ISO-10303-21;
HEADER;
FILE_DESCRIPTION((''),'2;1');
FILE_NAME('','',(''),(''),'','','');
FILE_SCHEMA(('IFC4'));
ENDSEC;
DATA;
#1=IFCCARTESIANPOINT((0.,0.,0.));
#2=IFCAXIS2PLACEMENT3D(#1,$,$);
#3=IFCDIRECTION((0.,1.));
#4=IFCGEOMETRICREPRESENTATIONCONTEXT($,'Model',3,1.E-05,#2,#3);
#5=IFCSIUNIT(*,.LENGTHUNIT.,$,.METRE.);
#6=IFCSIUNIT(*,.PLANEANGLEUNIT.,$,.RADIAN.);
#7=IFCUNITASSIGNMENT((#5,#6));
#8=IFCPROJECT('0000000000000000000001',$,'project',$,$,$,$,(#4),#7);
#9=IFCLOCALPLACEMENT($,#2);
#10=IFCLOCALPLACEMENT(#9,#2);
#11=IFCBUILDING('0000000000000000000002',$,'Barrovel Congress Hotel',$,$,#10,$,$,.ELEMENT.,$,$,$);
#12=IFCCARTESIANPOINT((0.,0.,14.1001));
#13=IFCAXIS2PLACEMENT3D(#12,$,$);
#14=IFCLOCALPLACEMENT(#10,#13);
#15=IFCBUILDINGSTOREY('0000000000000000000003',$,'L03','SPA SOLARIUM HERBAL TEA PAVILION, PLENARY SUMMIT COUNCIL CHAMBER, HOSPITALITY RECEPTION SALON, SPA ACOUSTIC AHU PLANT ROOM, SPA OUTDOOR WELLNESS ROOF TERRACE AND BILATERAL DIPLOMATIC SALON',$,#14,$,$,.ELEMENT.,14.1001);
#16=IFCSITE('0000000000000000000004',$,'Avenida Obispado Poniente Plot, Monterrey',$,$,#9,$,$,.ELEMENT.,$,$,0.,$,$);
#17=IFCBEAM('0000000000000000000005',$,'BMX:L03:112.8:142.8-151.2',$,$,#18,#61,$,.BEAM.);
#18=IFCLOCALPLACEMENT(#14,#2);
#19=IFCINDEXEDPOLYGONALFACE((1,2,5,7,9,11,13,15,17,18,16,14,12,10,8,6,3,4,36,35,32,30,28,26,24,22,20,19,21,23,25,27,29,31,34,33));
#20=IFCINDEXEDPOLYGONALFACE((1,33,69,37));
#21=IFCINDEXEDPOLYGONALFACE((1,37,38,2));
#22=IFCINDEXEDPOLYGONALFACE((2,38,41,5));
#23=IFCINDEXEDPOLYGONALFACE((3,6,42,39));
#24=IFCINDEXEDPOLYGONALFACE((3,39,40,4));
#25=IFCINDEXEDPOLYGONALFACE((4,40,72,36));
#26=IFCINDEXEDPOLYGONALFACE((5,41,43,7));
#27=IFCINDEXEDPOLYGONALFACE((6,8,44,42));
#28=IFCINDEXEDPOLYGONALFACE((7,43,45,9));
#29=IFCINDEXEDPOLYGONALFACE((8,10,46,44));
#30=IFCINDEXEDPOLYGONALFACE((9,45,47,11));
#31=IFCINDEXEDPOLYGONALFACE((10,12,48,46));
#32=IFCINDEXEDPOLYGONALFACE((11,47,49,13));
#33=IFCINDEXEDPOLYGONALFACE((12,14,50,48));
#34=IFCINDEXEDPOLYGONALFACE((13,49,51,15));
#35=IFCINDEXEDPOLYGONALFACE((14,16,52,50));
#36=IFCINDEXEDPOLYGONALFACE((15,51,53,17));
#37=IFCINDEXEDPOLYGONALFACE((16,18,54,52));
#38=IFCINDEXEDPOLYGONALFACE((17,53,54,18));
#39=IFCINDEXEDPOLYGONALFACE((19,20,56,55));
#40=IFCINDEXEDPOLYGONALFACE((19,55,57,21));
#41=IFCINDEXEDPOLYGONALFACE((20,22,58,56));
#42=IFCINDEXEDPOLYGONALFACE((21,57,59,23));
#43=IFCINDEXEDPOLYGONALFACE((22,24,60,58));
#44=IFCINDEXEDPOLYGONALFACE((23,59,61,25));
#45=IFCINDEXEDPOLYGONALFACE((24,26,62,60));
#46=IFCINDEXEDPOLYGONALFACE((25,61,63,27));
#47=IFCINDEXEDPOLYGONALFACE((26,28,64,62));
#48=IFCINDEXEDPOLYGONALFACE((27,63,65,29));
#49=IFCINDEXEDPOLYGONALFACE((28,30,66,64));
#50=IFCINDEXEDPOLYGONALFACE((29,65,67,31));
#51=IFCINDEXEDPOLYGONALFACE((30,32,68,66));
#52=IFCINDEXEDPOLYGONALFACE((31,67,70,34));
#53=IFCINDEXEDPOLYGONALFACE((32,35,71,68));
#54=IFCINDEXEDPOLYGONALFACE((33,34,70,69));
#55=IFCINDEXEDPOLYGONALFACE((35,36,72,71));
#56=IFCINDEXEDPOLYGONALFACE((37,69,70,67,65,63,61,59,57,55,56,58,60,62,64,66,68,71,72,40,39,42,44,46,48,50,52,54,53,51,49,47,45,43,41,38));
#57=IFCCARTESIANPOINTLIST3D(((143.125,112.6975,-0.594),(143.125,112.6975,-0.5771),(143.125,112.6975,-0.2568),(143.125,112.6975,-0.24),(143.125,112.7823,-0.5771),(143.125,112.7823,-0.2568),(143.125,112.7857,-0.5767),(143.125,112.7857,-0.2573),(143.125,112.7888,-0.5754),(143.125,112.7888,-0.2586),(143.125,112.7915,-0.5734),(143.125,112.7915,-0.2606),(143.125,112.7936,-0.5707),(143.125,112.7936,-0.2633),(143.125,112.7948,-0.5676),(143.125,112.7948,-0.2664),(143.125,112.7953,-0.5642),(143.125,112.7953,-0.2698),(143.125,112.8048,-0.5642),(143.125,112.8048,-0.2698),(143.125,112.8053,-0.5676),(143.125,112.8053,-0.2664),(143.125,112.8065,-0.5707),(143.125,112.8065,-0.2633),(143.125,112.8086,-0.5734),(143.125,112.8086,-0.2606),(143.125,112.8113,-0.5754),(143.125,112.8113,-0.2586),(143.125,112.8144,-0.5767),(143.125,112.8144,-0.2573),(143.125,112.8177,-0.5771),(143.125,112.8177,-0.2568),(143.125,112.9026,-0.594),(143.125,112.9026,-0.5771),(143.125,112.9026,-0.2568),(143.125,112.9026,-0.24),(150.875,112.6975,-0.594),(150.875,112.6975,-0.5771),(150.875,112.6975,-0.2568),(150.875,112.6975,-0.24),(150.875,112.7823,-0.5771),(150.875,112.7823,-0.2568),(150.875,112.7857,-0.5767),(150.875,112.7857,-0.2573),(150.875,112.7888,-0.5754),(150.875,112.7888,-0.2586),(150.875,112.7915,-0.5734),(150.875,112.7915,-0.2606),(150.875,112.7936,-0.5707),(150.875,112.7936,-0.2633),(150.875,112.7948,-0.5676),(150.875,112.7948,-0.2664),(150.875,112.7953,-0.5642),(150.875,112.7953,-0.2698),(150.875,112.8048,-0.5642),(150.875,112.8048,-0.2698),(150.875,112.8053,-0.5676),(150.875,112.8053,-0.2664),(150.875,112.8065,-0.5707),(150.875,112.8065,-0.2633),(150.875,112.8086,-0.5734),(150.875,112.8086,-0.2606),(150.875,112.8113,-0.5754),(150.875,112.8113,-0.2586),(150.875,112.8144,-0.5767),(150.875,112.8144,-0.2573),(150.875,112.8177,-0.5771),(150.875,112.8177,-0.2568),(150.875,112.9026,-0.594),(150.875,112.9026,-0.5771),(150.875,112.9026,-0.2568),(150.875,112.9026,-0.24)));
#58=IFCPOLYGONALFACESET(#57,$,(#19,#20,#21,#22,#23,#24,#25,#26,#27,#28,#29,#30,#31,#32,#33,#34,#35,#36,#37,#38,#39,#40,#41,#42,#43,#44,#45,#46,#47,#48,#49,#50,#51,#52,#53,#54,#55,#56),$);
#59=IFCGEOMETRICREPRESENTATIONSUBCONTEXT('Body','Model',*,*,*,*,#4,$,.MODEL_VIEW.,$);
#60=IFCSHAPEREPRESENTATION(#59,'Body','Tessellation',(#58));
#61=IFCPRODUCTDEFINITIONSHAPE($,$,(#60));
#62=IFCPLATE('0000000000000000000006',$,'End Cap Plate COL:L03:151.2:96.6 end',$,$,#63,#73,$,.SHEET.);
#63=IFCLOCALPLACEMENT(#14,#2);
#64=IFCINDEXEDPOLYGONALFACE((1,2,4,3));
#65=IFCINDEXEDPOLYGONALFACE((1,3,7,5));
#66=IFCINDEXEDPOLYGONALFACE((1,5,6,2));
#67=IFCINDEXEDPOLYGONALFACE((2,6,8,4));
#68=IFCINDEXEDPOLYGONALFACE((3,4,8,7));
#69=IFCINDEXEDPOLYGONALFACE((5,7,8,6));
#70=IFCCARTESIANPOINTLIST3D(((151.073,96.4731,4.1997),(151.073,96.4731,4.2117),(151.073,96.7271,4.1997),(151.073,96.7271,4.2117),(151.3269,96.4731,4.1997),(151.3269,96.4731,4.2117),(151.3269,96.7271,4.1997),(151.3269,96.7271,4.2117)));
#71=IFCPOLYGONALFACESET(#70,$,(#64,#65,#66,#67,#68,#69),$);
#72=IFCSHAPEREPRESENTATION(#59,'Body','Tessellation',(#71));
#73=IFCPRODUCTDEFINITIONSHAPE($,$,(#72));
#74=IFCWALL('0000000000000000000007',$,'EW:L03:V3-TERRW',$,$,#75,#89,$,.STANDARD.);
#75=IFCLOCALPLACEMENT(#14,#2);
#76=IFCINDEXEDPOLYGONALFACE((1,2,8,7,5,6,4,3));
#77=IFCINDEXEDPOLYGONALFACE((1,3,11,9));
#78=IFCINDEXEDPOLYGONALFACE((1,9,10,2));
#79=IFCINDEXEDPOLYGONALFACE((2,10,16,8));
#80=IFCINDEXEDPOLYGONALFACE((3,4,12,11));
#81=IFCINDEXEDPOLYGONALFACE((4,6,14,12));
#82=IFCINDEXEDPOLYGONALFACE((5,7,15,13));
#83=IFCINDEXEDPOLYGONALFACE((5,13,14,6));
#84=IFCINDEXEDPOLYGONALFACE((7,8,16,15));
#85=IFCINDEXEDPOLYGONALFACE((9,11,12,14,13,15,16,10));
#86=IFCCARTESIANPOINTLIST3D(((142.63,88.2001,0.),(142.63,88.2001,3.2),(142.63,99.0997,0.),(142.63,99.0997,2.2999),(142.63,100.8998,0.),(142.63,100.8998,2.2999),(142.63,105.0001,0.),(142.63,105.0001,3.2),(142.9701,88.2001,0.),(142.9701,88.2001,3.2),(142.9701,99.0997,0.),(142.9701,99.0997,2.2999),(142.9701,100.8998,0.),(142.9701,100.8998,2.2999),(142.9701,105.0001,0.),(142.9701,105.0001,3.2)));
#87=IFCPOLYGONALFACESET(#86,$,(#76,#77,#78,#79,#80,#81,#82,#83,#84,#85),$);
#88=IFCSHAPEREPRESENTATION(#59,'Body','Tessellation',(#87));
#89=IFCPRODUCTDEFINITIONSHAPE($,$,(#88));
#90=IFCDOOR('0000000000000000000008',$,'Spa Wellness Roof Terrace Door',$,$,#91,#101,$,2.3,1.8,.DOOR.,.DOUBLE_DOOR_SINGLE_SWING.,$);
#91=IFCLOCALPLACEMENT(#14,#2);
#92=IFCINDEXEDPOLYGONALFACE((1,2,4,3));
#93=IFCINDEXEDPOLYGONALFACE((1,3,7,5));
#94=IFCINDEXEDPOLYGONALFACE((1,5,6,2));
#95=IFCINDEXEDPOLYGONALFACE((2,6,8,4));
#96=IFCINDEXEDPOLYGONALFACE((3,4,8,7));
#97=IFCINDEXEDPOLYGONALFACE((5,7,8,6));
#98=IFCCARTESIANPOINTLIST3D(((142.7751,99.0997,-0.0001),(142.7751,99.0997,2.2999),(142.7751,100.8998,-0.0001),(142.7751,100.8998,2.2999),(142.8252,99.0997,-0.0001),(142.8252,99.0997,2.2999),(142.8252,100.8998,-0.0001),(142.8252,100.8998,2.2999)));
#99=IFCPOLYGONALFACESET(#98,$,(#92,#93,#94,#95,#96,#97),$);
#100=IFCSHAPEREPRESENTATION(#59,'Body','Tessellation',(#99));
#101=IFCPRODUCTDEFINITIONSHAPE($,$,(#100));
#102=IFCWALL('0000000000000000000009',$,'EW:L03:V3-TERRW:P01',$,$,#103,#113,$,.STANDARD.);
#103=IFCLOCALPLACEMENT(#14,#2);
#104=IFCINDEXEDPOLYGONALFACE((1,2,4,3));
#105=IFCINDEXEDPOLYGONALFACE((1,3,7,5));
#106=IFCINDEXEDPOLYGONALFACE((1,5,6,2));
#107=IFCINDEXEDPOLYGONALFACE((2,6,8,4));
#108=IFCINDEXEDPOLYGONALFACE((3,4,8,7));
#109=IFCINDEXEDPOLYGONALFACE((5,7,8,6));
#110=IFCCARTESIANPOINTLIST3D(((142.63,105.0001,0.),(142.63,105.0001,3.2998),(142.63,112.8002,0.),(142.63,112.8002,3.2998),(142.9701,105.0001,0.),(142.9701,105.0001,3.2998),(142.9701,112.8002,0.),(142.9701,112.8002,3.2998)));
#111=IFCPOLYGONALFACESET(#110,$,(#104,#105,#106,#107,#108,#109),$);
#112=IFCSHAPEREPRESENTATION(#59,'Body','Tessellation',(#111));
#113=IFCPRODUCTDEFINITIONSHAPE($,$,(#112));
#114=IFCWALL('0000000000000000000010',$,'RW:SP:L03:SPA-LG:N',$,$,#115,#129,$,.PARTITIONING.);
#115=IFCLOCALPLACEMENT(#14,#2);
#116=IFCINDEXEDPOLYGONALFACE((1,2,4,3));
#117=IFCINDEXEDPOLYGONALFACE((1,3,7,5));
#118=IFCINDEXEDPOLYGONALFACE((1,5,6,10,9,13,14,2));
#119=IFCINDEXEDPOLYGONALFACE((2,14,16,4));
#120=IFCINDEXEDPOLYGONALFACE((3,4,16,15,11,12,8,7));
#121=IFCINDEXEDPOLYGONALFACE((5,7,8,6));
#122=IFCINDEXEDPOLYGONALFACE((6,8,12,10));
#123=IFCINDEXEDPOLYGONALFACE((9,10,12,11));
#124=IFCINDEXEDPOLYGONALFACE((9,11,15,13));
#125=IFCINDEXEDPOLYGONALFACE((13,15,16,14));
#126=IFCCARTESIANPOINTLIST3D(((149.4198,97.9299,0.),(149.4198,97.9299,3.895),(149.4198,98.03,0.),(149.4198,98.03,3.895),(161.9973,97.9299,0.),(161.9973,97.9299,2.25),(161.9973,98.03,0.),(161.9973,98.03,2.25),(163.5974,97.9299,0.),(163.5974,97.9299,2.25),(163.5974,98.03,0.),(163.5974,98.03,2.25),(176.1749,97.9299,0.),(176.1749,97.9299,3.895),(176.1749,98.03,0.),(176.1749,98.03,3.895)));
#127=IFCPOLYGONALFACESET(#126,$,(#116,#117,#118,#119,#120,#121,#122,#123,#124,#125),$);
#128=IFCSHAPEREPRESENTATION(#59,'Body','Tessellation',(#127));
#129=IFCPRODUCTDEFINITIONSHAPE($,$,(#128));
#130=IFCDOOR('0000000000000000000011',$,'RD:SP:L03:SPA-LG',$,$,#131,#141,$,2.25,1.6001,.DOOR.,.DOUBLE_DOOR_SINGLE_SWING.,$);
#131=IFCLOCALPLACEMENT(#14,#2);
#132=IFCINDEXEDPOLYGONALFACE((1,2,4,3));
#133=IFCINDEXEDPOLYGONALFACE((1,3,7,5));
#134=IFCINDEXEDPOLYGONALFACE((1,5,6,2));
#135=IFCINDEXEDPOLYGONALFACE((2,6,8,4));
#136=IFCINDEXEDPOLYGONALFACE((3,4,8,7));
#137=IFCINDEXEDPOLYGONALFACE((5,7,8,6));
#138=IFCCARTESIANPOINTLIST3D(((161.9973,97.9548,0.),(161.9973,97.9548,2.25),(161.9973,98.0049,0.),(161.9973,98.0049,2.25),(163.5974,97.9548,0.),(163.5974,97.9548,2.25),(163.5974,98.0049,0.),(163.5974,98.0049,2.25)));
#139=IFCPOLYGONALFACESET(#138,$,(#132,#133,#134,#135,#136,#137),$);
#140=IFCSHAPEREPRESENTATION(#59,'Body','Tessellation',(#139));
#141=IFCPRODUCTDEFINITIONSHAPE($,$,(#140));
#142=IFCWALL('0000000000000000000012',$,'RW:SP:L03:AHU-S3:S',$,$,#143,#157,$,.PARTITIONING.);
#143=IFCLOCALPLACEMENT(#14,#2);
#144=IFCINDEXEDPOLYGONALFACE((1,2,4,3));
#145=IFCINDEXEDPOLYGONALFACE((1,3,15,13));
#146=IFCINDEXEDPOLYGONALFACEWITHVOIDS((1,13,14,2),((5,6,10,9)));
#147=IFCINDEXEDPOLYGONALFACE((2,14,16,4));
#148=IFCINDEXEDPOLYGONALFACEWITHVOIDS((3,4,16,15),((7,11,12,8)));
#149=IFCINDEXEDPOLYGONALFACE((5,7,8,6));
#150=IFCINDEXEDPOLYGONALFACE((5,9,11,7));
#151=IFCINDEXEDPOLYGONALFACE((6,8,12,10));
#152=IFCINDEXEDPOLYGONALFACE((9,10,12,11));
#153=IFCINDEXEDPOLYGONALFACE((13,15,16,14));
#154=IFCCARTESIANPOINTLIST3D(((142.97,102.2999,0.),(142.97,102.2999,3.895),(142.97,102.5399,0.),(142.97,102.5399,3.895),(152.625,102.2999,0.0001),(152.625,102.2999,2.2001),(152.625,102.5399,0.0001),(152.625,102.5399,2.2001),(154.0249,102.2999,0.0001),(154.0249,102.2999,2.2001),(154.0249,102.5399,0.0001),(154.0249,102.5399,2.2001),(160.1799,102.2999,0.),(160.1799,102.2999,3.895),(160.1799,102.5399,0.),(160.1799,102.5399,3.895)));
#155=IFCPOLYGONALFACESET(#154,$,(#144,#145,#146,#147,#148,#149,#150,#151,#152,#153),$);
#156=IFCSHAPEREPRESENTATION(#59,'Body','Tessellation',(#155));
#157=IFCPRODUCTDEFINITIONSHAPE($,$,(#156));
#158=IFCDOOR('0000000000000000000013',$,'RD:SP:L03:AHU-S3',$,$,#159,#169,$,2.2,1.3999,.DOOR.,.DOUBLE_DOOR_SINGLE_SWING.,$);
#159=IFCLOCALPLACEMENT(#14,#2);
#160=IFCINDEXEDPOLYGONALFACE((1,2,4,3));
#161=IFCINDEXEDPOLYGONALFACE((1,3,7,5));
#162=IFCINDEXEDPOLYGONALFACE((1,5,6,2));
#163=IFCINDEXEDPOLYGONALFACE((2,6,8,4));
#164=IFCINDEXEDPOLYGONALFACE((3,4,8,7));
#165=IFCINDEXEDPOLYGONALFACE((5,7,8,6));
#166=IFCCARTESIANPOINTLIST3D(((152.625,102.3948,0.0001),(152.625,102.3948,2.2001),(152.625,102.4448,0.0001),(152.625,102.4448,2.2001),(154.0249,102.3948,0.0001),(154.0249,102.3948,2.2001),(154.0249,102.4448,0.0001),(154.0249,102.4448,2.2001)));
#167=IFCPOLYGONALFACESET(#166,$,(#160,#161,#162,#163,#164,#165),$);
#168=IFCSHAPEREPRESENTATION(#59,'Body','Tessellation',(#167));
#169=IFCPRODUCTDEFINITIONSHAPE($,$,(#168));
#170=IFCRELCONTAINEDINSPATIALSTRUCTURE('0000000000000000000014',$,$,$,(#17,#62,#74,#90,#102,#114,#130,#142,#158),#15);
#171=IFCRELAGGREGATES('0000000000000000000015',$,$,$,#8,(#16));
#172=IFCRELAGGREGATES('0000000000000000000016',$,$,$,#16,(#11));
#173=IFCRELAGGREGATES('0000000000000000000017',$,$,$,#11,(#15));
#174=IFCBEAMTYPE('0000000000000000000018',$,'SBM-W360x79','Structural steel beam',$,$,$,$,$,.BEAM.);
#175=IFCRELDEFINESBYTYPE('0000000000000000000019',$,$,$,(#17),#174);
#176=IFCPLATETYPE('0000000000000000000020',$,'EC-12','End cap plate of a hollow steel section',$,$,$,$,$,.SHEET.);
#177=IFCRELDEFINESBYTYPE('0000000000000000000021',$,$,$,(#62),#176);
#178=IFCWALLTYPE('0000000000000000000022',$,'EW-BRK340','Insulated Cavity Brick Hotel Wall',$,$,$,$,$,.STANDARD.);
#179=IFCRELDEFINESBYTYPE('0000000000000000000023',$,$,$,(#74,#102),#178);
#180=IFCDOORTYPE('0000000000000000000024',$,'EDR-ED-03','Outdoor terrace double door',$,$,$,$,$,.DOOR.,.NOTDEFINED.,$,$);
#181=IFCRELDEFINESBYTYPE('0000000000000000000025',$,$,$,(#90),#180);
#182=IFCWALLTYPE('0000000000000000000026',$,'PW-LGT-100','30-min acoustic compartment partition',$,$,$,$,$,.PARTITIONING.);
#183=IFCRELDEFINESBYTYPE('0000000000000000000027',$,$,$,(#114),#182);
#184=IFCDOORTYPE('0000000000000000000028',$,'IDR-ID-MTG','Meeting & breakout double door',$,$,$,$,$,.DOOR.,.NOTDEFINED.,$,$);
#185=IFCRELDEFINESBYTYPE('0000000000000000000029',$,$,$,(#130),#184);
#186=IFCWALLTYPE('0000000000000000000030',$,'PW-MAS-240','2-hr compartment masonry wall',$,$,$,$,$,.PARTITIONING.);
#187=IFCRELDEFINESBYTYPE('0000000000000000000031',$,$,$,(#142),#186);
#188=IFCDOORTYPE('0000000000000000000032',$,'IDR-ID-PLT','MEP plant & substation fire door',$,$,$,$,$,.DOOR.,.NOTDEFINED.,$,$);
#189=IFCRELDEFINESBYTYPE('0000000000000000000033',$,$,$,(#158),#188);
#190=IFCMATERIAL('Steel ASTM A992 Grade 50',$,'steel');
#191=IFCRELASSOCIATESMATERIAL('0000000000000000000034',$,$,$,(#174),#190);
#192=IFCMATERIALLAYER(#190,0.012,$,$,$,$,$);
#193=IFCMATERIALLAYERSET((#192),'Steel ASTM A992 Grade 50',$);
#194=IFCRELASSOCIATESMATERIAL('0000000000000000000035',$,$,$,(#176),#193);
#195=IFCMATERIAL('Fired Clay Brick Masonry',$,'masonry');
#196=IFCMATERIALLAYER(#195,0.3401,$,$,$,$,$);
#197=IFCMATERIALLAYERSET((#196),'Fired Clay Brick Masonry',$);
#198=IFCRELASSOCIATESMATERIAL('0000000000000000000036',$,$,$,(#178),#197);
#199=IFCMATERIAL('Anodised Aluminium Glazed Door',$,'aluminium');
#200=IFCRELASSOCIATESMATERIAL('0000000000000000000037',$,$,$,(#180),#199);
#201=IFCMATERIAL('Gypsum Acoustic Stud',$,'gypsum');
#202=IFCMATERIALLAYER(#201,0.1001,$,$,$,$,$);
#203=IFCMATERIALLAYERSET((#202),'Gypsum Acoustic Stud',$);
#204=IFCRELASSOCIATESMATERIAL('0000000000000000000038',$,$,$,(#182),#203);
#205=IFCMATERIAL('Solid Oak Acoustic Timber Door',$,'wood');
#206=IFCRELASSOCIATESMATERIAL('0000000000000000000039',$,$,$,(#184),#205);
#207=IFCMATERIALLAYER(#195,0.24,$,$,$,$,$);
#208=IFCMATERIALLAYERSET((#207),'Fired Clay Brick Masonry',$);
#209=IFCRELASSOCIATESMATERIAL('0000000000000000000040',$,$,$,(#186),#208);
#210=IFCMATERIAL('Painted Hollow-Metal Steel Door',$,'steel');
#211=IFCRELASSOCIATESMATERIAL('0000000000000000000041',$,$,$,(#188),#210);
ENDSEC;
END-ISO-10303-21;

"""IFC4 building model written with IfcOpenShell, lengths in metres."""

from ifc_helpers import new_model, si_unit, direction, frame, frame_2d, origin, origin_2d, place, context, subcontext, project, spatial, rectangle, i_section, extrude, material, layer, layer_set, material_profile, profile_set, type_object, element, fill, save


model = new_model("IFC4")

# Units and contexts
model_context = context("Model", 3, precision=1e-05, world=origin(), true_north=direction((0.0, 1.0)))
body_context = subcontext(model_context, "Body", "Model", "MODEL_VIEW")
ifc_project = project(units=[si_unit("LENGTHUNIT", "METRE"), si_unit("PLANEANGLEUNIT", "RADIAN")], contexts=[model_context])

# Site, building, storey
site_placement = place(None, origin())
site = spatial("IfcSite", under=ifc_project, at=site_placement, Name="Avenida Obispado Poniente Plot, Monterrey", CompositionType="ELEMENT", RefElevation=0.0)
building_placement = place(site_placement, origin())
building = spatial("IfcBuilding", under=site, at=building_placement, Name="Barrovel Congress Hotel", CompositionType="ELEMENT")
storey_placement = place(building_placement, frame((0.0, 0.0, 14.1001)))
storey = spatial("IfcBuildingStorey", under=building, at=storey_placement, Name="L03", Description="SPA SOLARIUM HERBAL TEA PAVILION, PLENARY SUMMIT COUNCIL CHAMBER, HOSPITALITY RECEPTION SALON, SPA ACOUSTIC AHU PLANT ROOM, SPA OUTDOOR WELLNESS ROOF TERRACE AND BILATERAL DIPLOMATIC SALON", CompositionType="ELEMENT", Elevation=14.1001)

# Beam
ifc_material_1 = material(Name="Steel ASTM A992 Grade 50", Category="steel")
ifc_material_profile_1 = material_profile(ifc_material_1, i_section(OverallWidth=0.2051, OverallDepth=0.354, WebThickness=0.0095, FlangeThickness=0.0168, FilletRadius=0.0129, at=origin_2d()), Name="W360x79")
ifc_profile_set_1 = profile_set([ifc_material_profile_1], Name="Steel ASTM A992 Grade 50")
beam_type_1 = type_object("IfcBeamType", Name="SBM-W360x79", Description="Structural steel beam", PredefinedType="BEAM", material=ifc_profile_set_1)
beam_1_placement = place(storey_placement, frame((143.125, 112.8, -0.417), z_axis=(1.0, 0.0, 0.0), x_axis=(0.0, 1.0, 0.0)))
element("IfcBeam", 1, at=beam_1_placement, inside=storey, type_object=beam_type_1, Name="BMX:L03:112.8:142.8-151.2", PredefinedType="BEAM", context=body_context, shape_type="SweptSolid", body=[
    extrude(i_section(OverallWidth=0.2051, OverallDepth=0.354, WebThickness=0.0095, FlangeThickness=0.0168, FilletRadius=0.0129, at=origin_2d()), origin(), (0.0, 0.0, 1.0), 7.75),
])

# Plate
ifc_layer_1 = layer(ifc_material_1, 0.012)
ifc_layer_set_1 = layer_set([ifc_layer_1], Name="Steel ASTM A992 Grade 50")
plate_type = type_object("IfcPlateType", Name="EC-12", Description="End cap plate of a hollow steel section", PredefinedType="SHEET", material=ifc_layer_set_1)
plate_placement = place(storey_placement, frame((151.2, 96.6001, 4.1997), z_axis=(0.0, 0.0, 1.0), x_axis=(1.0, 0.0, 0.0)))
element("IfcPlate", 2, at=plate_placement, inside=storey, type_object=plate_type, Name="End Cap Plate COL:L03:151.2:96.6 end", PredefinedType="SHEET", context=body_context, shape_type="SweptSolid", body=[
    extrude(rectangle(XDim=0.2539, YDim=0.2539, at=origin_2d()), origin(), (0.0, 0.0, 1.0), 0.012),
])

# Wall, opening, door
ifc_material_2 = material(Name="Fired Clay Brick Masonry", Category="masonry")
ifc_layer_2 = layer(ifc_material_2, 0.3401)
ifc_layer_set_2 = layer_set([ifc_layer_2], Name="Fired Clay Brick Masonry")
wall_type_1 = type_object("IfcWallType", Name="EW-BRK340", Description="Insulated Cavity Brick Hotel Wall", PredefinedType="STANDARD", material=ifc_layer_set_2)
wall_1_placement = place(storey_placement, frame((142.8, 105.0, 0.0), z_axis=(0.0, 0.0, 1.0), x_axis=(0.0, -1.0, 0.0)))
wall_1 = element("IfcWall", 3, at=wall_1_placement, inside=storey, type_object=wall_type_1, Name="EW:L03:V3-TERRW", PredefinedType="STANDARD", context=body_context, shape_type="SweptSolid", body=[
    extrude(rectangle(XDim=16.8, YDim=0.3401, at=frame_2d((8.3999, 0.0))), origin(), (0.0, 0.0, 1.0), 3.2),
])
opening_1_placement = place(wall_1_placement, frame((5.9001, 0.0, 0.0), z_axis=(0.0, 0.0, 1.0), x_axis=(-1.0, 0.0, 0.0)))
opening_1 = element("IfcOpeningElement", 4, at=opening_1_placement, cuts=wall_1, PredefinedType="OPENING", context=body_context, shape_type="SweptSolid", body=[
    extrude(rectangle(XDim=1.8, YDim=2.3, at=frame_2d((0.8999, 1.1499))), frame((0.0, 0.1802, 0.0), z_axis=(0.0, -1.0, 0.0), x_axis=(1.0, 0.0, 0.0)), (0.0, 0.0, 1.0), 0.3601),
])
ifc_material_3 = material(Name="Anodised Aluminium Glazed Door", Category="aluminium")
door_type_1 = type_object("IfcDoorType", Name="EDR-ED-03", Description="Outdoor terrace double door", OperationType="NOTDEFINED", PredefinedType="DOOR", material=ifc_material_3)
door_1_placement = place(opening_1_placement, origin())
door_1 = element("IfcDoor", 5, at=door_1_placement, inside=storey, type_object=door_type_1, Name="Spa Wellness Roof Terrace Door", OperationType="DOUBLE_DOOR_SINGLE_SWING", OverallHeight=2.3, OverallWidth=1.8, PredefinedType="DOOR", context=body_context, shape_type="SweptSolid", body=[
    extrude(rectangle(XDim=1.8, YDim=2.3, at=frame_2d((0.8999, 1.1499))), frame((0.0, 0.0249, 0.0), z_axis=(0.0, -1.0, 0.0), x_axis=(1.0, 0.0, 0.0)), (0.0, 0.0, 1.0), 0.05),
])
fill(opening_1, door_1)

# Wall
wall_2_placement = place(storey_placement, frame((142.8, 112.8, 0.0), z_axis=(0.0, 0.0, 1.0), x_axis=(0.0, -1.0, 0.0)))
element("IfcWall", 6, at=wall_2_placement, inside=storey, type_object=wall_type_1, Name="EW:L03:V3-TERRW:P01", PredefinedType="STANDARD", context=body_context, shape_type="SweptSolid", body=[
    extrude(rectangle(XDim=7.8, YDim=0.3401, at=frame_2d((3.8999, 0.0))), origin(), (0.0, 0.0, 1.0), 3.2998),
])

# Walls, openings, doors
ifc_material_4 = material(Name="Gypsum Acoustic Stud", Category="gypsum")
ifc_layer_3 = layer(ifc_material_4, 0.1001)
ifc_layer_set_3 = layer_set([ifc_layer_3], Name="Gypsum Acoustic Stud")
wall_type_2 = type_object("IfcWallType", Name="PW-LGT-100", Description="30-min acoustic compartment partition", PredefinedType="PARTITIONING", material=ifc_layer_set_3)
wall_3_placement = place(storey_placement, frame((149.4199, 97.98, 0.0), z_axis=(0.0, 0.0, 1.0), x_axis=(1.0, 0.0, 0.0)))
wall_3 = element("IfcWall", 7, at=wall_3_placement, inside=storey, type_object=wall_type_2, Name="RW:SP:L03:SPA-LG:N", PredefinedType="PARTITIONING", context=body_context, shape_type="SweptSolid", body=[
    extrude(rectangle(XDim=26.7551, YDim=0.1001, at=frame_2d((13.3774, 0.0))), origin(), (0.0, 0.0, 1.0), 3.895),
])
opening_2_placement = place(wall_3_placement, frame((12.5774, 0.0, 0.0)))
opening_2 = element("IfcOpeningElement", 8, at=opening_2_placement, cuts=wall_3, PredefinedType="OPENING", context=body_context, shape_type="SweptSolid", body=[
    extrude(rectangle(XDim=1.6001, YDim=2.25, at=frame_2d((0.8, 1.125))), frame((0.0, 0.0601, 0.0), z_axis=(0.0, -1.0, 0.0), x_axis=(1.0, 0.0, 0.0)), (0.0, 0.0, 1.0), 0.1201),
])
ifc_material_5 = material(Name="Solid Oak Acoustic Timber Door", Category="wood")
door_type_2 = type_object("IfcDoorType", Name="IDR-ID-MTG", Description="Meeting & breakout double door", OperationType="NOTDEFINED", PredefinedType="DOOR", material=ifc_material_5)
door_2_placement = place(opening_2_placement, origin())
door_2 = element("IfcDoor", 9, at=door_2_placement, inside=storey, type_object=door_type_2, Name="RD:SP:L03:SPA-LG", OperationType="DOUBLE_DOOR_SINGLE_SWING", OverallHeight=2.25, OverallWidth=1.6001, PredefinedType="DOOR", context=body_context, shape_type="SweptSolid", body=[
    extrude(rectangle(XDim=1.6001, YDim=2.25, at=frame_2d((0.8, 1.125))), frame((0.0, 0.0249, 0.0), z_axis=(0.0, -1.0, 0.0), x_axis=(1.0, 0.0, 0.0)), (0.0, 0.0, 1.0), 0.05),
])
fill(opening_2, door_2)
ifc_layer_4 = layer(ifc_material_2, 0.24)
ifc_layer_set_4 = layer_set([ifc_layer_4], Name="Fired Clay Brick Masonry")
wall_type_3 = type_object("IfcWallType", Name="PW-MAS-240", Description="2-hr compartment masonry wall", PredefinedType="PARTITIONING", material=ifc_layer_set_4)
wall_4_placement = place(storey_placement, frame((142.97, 102.4199, 0.0), z_axis=(0.0, 0.0, 1.0), x_axis=(1.0, 0.0, 0.0)))
wall_4 = element("IfcWall", 10, at=wall_4_placement, inside=storey, type_object=wall_type_3, Name="RW:SP:L03:AHU-S3:S", PredefinedType="PARTITIONING", context=body_context, shape_type="SweptSolid", body=[
    extrude(rectangle(XDim=17.21, YDim=0.24, at=frame_2d((8.605, 0.0))), origin(), (0.0, 0.0, 1.0), 3.895),
])
opening_3_placement = place(wall_4_placement, frame((9.655, 0.0, 0.0)))
opening_3 = element("IfcOpeningElement", 11, at=opening_3_placement, cuts=wall_4, PredefinedType="OPENING", context=body_context, shape_type="SweptSolid", body=[
    extrude(rectangle(XDim=1.3999, YDim=2.2, at=frame_2d((0.7, 1.1001))), frame((0.0, 0.1299, 0.0), z_axis=(0.0, -1.0, 0.0), x_axis=(1.0, 0.0, 0.0)), (0.0, 0.0, 1.0), 0.26),
])
ifc_material_6 = material(Name="Painted Hollow-Metal Steel Door", Category="steel")
door_type_3 = type_object("IfcDoorType", Name="IDR-ID-PLT", Description="MEP plant & substation fire door", OperationType="NOTDEFINED", PredefinedType="DOOR", material=ifc_material_6)
door_3_placement = place(opening_3_placement, origin())
door_3 = element("IfcDoor", 12, at=door_3_placement, inside=storey, type_object=door_type_3, Name="RD:SP:L03:AHU-S3", OperationType="DOUBLE_DOOR_SINGLE_SWING", OverallHeight=2.2, OverallWidth=1.3999, PredefinedType="DOOR", context=body_context, shape_type="SweptSolid", body=[
    extrude(rectangle(XDim=1.3999, YDim=2.2, at=frame_2d((0.7, 1.1001))), frame((0.0, 0.0249, 0.0), z_axis=(0.0, -1.0, 0.0), x_axis=(1.0, 0.0, 0.0)), (0.0, 0.0, 1.0), 0.05),
])
fill(opening_3, door_3)

save(model, "model.ifc")
